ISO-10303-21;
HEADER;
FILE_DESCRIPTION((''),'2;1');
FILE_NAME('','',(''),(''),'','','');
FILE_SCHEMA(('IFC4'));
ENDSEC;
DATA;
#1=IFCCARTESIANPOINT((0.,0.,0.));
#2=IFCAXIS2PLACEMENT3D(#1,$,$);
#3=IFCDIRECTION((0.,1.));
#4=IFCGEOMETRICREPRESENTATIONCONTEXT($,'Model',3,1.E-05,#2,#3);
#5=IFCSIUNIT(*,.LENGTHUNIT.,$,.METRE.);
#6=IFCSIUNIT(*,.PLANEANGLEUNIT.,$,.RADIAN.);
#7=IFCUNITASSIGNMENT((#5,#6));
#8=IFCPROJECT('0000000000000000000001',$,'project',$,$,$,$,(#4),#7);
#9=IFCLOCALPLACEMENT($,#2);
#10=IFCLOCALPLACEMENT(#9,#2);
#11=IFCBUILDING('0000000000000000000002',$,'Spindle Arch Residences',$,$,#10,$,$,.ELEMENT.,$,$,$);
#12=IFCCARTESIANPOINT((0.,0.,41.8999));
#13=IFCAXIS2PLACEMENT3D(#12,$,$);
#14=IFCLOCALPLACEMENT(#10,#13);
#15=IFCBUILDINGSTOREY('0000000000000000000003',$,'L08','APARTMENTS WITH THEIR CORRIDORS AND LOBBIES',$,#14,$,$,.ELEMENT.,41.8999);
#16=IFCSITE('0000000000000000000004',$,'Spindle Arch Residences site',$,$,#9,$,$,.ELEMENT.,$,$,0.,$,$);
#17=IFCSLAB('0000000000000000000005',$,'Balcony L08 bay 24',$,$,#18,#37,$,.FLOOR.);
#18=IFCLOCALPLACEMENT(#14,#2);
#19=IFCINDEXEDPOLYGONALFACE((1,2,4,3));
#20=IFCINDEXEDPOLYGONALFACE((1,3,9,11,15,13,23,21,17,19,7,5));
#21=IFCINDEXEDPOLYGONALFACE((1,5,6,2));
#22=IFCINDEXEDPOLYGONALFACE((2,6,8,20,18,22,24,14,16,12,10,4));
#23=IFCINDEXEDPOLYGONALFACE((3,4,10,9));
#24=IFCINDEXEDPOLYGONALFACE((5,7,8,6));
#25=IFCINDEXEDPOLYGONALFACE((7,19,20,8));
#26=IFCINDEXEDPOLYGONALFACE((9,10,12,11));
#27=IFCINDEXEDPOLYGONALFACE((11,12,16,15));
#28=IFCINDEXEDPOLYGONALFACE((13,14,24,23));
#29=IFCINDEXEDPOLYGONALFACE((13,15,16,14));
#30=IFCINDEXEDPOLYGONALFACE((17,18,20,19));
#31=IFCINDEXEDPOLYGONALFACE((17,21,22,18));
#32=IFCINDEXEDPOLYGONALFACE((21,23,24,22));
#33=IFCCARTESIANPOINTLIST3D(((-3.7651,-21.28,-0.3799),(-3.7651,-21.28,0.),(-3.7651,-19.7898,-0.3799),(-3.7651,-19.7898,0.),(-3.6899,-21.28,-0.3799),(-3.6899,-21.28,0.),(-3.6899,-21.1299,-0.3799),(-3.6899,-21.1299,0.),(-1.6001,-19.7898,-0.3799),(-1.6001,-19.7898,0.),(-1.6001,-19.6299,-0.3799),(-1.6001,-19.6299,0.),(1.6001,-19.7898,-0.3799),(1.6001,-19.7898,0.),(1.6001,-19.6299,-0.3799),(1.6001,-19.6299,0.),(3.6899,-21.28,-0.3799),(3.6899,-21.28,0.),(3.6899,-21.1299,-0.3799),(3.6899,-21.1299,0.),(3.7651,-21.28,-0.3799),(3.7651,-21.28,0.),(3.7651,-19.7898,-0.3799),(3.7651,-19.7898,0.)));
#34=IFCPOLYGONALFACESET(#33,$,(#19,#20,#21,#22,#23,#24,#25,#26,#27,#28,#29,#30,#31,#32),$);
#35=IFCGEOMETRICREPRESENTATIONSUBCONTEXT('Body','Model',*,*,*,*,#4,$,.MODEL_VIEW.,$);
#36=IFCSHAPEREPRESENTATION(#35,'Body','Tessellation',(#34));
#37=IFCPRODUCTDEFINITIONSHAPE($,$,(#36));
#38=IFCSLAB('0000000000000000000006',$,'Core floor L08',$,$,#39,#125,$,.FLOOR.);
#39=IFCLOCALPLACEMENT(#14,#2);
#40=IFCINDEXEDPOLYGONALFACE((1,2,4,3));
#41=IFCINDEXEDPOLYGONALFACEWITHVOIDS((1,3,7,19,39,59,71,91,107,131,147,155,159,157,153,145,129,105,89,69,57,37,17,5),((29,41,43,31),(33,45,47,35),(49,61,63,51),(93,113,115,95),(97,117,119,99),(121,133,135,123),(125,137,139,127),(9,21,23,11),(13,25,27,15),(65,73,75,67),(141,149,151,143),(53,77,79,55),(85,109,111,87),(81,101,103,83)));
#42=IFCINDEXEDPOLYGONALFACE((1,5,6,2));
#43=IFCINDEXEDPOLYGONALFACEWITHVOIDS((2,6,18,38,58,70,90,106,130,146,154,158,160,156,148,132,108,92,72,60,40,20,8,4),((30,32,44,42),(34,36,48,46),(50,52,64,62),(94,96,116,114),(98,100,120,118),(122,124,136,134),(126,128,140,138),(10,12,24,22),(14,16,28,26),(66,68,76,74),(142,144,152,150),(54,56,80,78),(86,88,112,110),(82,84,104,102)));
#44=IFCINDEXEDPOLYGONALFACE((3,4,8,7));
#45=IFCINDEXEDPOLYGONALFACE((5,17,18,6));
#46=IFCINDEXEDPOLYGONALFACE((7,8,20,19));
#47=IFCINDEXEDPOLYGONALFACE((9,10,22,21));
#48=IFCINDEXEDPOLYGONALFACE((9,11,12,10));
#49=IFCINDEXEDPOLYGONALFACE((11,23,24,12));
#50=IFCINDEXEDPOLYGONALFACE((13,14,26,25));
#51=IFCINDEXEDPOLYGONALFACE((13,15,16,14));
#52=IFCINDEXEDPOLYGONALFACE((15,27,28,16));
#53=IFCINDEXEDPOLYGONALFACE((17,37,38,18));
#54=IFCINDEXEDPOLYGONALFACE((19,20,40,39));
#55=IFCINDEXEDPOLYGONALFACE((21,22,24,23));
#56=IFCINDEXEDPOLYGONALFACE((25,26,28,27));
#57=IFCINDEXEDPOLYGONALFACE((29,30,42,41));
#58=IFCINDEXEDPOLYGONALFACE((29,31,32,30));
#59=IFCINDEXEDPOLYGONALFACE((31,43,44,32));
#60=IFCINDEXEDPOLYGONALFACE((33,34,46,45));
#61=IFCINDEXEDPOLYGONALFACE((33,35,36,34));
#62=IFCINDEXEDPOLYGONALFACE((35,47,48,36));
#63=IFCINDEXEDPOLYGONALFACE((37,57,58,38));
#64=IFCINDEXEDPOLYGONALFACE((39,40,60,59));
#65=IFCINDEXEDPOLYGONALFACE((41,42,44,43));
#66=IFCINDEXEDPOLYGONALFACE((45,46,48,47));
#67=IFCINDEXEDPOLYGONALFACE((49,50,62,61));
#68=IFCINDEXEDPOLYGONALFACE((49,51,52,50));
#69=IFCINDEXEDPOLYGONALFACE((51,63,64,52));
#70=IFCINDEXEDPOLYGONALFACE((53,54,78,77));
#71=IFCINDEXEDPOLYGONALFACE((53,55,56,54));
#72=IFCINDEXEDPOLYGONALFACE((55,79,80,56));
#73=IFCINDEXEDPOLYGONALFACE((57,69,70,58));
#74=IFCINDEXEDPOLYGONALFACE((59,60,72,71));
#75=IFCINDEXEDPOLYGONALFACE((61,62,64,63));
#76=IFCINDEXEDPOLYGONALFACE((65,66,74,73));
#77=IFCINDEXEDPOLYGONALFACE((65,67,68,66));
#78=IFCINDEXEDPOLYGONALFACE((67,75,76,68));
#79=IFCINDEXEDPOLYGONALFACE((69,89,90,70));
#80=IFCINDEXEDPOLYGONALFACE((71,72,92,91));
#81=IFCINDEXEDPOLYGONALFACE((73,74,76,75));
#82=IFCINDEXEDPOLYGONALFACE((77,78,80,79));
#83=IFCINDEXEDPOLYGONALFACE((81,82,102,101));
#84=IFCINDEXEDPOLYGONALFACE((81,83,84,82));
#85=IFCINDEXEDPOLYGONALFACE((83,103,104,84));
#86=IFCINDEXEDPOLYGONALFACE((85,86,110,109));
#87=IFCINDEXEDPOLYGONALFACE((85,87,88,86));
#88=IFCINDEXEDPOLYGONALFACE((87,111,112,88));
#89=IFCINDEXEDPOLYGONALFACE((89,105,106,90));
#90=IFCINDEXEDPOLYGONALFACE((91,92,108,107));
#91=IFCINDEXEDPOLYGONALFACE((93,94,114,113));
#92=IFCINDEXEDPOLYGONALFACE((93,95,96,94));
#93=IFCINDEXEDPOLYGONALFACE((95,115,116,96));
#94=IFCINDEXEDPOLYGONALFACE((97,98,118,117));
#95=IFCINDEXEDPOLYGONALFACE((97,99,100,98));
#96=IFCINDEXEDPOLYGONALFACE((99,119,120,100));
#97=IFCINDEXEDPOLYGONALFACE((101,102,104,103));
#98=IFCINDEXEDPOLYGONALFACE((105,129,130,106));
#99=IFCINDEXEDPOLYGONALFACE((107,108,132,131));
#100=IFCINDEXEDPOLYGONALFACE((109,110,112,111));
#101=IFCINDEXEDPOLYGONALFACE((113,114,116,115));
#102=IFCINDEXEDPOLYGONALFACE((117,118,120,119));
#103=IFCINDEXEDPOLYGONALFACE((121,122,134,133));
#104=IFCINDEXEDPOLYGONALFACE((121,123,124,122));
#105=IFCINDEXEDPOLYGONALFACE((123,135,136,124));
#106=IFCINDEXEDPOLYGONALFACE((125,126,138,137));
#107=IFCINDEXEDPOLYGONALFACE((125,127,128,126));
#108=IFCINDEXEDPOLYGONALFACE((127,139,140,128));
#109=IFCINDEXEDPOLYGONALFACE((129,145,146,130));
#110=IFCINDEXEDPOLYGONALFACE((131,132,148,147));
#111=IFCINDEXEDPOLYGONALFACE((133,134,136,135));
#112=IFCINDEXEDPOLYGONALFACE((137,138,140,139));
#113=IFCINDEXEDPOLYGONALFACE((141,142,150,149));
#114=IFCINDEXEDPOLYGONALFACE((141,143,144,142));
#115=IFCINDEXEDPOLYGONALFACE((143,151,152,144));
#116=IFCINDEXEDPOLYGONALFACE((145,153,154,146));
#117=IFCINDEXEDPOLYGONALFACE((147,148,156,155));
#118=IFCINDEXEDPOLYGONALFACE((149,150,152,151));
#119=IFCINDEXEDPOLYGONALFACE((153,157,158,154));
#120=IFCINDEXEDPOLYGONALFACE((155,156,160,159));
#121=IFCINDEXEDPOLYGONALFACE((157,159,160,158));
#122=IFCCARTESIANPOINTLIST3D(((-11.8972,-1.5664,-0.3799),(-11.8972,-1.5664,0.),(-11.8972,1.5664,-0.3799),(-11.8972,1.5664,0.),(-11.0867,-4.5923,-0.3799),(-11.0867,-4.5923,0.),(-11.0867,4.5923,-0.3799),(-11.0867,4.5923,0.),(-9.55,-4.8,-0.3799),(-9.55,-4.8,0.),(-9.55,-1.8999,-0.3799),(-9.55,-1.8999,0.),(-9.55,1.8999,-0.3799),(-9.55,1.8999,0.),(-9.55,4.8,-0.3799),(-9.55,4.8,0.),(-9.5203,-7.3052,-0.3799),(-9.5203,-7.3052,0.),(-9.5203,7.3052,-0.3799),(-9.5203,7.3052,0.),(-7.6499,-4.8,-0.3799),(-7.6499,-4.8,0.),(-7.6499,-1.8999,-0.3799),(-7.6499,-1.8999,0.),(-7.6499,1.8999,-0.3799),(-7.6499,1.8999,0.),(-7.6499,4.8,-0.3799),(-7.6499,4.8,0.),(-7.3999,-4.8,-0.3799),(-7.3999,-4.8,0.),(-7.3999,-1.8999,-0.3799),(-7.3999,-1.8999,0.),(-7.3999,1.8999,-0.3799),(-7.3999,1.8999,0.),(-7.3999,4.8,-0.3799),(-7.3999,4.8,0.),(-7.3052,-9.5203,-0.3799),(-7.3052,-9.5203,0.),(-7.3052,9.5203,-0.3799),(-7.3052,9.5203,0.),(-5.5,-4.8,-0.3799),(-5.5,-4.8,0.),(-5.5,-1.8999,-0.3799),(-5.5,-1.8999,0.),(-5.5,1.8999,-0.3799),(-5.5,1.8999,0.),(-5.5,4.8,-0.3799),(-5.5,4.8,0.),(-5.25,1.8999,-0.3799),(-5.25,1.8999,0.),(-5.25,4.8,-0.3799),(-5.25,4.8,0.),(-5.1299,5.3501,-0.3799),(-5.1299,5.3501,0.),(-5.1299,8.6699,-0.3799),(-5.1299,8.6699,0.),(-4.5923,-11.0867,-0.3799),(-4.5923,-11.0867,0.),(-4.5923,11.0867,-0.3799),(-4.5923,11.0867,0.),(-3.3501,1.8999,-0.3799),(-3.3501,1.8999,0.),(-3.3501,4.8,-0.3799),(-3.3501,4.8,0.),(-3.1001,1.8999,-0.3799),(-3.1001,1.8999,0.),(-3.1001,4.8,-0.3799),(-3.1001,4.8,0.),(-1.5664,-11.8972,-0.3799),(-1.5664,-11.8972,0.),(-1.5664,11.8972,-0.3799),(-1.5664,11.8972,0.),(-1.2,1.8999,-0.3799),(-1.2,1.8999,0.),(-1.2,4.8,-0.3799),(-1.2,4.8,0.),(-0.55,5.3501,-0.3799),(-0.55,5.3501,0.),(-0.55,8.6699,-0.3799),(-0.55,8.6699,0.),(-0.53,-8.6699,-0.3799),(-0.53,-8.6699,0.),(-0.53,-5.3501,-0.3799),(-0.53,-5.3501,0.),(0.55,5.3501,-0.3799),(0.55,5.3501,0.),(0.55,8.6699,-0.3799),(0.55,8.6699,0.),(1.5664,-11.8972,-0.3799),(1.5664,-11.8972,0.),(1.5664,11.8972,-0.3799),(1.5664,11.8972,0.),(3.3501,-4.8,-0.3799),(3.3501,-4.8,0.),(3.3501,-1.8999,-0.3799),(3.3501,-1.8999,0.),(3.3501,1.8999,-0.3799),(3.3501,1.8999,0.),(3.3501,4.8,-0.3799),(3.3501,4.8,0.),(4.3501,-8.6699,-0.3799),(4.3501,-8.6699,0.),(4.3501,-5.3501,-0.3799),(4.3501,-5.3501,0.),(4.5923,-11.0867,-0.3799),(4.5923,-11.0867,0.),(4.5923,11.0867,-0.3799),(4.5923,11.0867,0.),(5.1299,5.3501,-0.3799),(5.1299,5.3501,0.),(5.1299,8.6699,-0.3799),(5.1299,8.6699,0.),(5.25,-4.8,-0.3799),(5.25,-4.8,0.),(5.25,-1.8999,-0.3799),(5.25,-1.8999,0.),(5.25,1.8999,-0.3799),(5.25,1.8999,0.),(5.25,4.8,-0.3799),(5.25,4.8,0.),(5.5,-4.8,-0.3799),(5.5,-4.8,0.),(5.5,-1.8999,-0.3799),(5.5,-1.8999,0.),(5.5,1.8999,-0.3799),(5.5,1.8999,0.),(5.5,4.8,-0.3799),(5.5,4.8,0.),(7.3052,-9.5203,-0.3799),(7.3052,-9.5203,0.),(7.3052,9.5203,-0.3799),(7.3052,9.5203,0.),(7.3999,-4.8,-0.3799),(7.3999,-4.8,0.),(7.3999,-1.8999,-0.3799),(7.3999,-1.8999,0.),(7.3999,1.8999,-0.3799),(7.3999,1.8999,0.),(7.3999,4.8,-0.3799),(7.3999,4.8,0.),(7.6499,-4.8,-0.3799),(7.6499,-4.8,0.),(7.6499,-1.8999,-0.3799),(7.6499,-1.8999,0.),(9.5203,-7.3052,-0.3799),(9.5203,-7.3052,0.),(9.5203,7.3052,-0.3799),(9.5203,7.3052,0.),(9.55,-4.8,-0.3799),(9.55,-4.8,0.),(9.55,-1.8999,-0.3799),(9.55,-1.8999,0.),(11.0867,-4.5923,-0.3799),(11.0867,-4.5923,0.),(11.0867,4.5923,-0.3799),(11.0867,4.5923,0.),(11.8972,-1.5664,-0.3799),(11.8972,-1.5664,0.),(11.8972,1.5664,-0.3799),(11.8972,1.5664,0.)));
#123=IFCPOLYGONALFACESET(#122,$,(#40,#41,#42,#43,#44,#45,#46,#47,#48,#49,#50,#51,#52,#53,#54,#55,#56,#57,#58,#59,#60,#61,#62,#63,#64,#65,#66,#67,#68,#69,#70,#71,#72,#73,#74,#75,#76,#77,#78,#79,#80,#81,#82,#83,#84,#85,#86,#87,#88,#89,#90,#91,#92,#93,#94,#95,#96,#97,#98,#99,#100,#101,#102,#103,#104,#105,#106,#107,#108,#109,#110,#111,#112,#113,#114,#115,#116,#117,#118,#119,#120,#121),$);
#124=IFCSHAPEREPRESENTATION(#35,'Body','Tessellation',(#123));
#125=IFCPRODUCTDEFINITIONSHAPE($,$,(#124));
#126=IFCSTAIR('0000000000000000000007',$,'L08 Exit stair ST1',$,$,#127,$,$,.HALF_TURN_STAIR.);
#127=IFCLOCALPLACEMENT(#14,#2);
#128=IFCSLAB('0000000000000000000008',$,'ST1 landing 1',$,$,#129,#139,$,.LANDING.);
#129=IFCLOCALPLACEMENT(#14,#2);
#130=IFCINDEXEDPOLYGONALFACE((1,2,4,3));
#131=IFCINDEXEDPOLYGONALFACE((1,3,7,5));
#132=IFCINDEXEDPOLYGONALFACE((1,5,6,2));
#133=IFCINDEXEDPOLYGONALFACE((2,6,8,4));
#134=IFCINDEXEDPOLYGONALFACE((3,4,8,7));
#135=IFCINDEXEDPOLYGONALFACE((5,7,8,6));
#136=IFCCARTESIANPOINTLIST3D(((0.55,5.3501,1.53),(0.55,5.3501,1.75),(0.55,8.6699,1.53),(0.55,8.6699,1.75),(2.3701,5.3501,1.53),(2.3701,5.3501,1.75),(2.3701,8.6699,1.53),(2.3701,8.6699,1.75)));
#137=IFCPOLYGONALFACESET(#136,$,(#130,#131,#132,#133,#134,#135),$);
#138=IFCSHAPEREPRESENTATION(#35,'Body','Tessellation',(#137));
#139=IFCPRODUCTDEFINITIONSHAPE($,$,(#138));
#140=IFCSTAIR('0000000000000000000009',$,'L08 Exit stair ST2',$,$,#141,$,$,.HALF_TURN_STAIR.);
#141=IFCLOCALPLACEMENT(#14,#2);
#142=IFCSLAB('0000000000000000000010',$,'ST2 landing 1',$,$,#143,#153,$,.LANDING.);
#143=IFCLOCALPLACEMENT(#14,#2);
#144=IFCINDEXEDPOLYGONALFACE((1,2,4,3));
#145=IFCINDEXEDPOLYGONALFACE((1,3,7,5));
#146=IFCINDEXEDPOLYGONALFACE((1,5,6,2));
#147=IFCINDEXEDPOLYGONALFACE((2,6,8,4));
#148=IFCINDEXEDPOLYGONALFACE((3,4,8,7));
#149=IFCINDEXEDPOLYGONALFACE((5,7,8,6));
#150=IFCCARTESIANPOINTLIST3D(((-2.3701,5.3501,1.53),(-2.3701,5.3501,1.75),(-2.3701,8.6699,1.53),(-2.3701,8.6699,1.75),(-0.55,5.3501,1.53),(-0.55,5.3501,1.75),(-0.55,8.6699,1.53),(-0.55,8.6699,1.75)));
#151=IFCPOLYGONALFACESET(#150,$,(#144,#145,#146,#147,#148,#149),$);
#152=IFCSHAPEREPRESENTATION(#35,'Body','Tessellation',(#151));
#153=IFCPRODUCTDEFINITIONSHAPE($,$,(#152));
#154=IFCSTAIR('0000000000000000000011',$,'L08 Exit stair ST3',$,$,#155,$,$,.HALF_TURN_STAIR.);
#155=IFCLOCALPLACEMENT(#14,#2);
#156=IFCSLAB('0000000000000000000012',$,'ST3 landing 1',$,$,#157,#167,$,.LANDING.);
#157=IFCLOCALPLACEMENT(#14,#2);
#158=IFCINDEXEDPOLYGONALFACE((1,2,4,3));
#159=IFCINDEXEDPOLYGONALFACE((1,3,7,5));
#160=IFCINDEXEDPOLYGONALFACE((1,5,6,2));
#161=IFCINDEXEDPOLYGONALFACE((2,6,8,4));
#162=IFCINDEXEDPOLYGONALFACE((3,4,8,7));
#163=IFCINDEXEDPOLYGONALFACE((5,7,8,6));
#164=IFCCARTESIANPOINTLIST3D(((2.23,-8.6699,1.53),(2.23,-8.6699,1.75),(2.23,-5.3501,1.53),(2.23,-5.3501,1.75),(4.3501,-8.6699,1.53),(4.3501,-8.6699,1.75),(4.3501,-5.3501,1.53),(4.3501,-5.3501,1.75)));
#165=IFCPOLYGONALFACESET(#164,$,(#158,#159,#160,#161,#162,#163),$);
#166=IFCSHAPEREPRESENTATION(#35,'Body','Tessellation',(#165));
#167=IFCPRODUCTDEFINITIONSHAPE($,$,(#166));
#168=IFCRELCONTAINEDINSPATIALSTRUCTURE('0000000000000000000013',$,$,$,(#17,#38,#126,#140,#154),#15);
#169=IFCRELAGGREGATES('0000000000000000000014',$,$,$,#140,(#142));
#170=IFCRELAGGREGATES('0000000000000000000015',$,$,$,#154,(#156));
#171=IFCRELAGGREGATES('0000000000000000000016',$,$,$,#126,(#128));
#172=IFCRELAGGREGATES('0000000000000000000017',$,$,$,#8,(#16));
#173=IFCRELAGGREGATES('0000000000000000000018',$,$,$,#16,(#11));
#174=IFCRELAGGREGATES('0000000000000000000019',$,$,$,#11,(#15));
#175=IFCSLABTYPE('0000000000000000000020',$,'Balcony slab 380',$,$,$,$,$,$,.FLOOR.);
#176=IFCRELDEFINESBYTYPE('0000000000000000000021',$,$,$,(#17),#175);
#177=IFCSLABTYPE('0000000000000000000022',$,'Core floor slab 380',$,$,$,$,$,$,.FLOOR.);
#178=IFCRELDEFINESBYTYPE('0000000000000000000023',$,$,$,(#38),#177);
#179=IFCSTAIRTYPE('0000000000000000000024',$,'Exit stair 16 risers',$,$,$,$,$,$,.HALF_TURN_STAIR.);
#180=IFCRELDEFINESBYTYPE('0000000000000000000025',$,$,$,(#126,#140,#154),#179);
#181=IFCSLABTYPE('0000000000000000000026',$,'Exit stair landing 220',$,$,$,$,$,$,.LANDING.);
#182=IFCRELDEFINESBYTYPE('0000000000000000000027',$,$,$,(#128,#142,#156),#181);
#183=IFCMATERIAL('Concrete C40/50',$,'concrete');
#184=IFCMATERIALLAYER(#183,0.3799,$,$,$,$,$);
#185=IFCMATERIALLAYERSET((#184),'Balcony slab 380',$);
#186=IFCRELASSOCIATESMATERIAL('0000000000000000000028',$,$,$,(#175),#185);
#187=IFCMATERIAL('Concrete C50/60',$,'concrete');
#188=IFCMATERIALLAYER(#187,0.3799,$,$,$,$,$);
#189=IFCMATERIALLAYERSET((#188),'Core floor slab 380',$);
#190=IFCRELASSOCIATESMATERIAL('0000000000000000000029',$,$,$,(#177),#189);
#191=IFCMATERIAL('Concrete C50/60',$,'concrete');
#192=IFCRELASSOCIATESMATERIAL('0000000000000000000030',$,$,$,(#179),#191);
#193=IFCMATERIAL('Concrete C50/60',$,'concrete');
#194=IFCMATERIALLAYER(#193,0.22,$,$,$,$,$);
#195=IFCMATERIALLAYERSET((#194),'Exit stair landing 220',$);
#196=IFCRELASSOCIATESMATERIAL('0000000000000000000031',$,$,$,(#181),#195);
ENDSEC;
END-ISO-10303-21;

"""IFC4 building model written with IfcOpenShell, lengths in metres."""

from ifc_helpers import new_model, si_unit, direction, frame, origin, place, context, subcontext, project, spatial, polyline, outline, extrude, material, layer, layer_set, type_object, element, aggregate, save


model = new_model("IFC4")

# Units and contexts
model_context = context("Model", 3, precision=1e-05, world=origin(), true_north=direction((0.0, 1.0)))
body_context = subcontext(model_context, "Body", "Model", "MODEL_VIEW")
ifc_project = project(units=[si_unit("LENGTHUNIT", "METRE"), si_unit("PLANEANGLEUNIT", "RADIAN")], contexts=[model_context])

# Site, building, storey
site_placement = place(None, origin())
site = spatial("IfcSite", under=ifc_project, at=site_placement, Name="Spindle Arch Residences site", CompositionType="ELEMENT", RefElevation=0.0)
building_placement = place(site_placement, origin())
building = spatial("IfcBuilding", under=site, at=building_placement, Name="Spindle Arch Residences", CompositionType="ELEMENT")
storey_placement = place(building_placement, frame((0.0, 0.0, 41.8999)))
storey = spatial("IfcBuildingStorey", under=building, at=storey_placement, Name="L08", Description="APARTMENTS WITH THEIR CORRIDORS AND LOBBIES", CompositionType="ELEMENT", Elevation=41.8999)

# Slabs
ifc_material_1 = material(Name="Concrete C40/50", Category="concrete")
ifc_layer_1 = layer(ifc_material_1, 0.3799)
ifc_layer_set_1 = layer_set([ifc_layer_1], Name="Balcony slab 380")
slab_type_1 = type_object("IfcSlabType", Name="Balcony slab 380", PredefinedType="FLOOR", material=ifc_layer_set_1)
slab_1_placement = place(storey_placement, frame((0.0, 0.0, -0.3799)))
element("IfcSlab", 1, at=slab_1_placement, inside=storey, type_object=slab_type_1, Name="Balcony L08 bay 24", PredefinedType="FLOOR", context=body_context, shape_type="SweptSolid", body=[
    extrude(outline(polyline([(-3.7651, -21.28), (-3.6899, -21.28), (-3.6899, -21.1299), (3.6899, -21.1299), (3.6899, -21.28), (3.7651, -21.28), (3.7651, -19.7898), (1.6001, -19.7898), (1.6001, -19.6299), (-1.6001, -19.6299), (-1.6001, -19.7898), (-3.7651, -19.7898), (-3.7651, -21.28)])), origin(), (0.0, 0.0, 1.0), 0.3799),
])
ifc_material_2 = material(Name="Concrete C50/60", Category="concrete")
ifc_layer_2 = layer(ifc_material_2, 0.3799)
ifc_layer_set_2 = layer_set([ifc_layer_2], Name="Core floor slab 380")
slab_type_2 = type_object("IfcSlabType", Name="Core floor slab 380", PredefinedType="FLOOR", material=ifc_layer_set_2)
slab_2_placement = place(storey_placement, frame((0.0, 0.0, -0.3799)))
element("IfcSlab", 2, at=slab_2_placement, inside=storey, type_object=slab_type_2, Name="Core floor L08", PredefinedType="FLOOR", context=body_context, shape_type="SweptSolid", body=[
    extrude(outline(polyline([(1.5664, -11.8972), (4.5923, -11.0867), (7.3052, -9.5203), (9.5203, -7.3052), (11.0867, -4.5923), (11.8972, -1.5664), (11.8972, 1.5664), (11.0867, 4.5923), (9.5203, 7.3052), (7.3052, 9.5203), (4.5923, 11.0867), (1.5664, 11.8972), (-1.5664, 11.8972), (-4.5923, 11.0867), (-7.3052, 9.5203), (-9.5203, 7.3052), (-11.0867, 4.5923), (-11.8972, 1.5664), (-11.8972, -1.5664), (-11.0867, -4.5923), (-9.5203, -7.3052), (-7.3052, -9.5203), (-4.5923, -11.0867), (-1.5664, -11.8972), (1.5664, -11.8972)]), holes=[polyline([(-9.55, 1.8999), (-7.6499, 1.8999), (-7.6499, 4.8), (-9.55, 4.8), (-9.55, 1.8999)]), polyline([(-7.3999, 1.8999), (-5.5, 1.8999), (-5.5, 4.8), (-7.3999, 4.8), (-7.3999, 1.8999)]), polyline([(-5.25, 1.8999), (-3.3501, 1.8999), (-3.3501, 4.8), (-5.25, 4.8), (-5.25, 1.8999)]), polyline([(-3.1001, 1.8999), (-1.2, 1.8999), (-1.2, 4.8), (-3.1001, 4.8), (-3.1001, 1.8999)]), polyline([(3.3501, 1.8999), (5.25, 1.8999), (5.25, 4.8), (3.3501, 4.8), (3.3501, 1.8999)]), polyline([(5.5, 1.8999), (7.3999, 1.8999), (7.3999, 4.8), (5.5, 4.8), (5.5, 1.8999)]), polyline([(-9.55, -4.8), (-7.6499, -4.8), (-7.6499, -1.8999), (-9.55, -1.8999), (-9.55, -4.8)]), polyline([(-7.3999, -4.8), (-5.5, -4.8), (-5.5, -1.8999), (-7.3999, -1.8999), (-7.3999, -4.8)]), polyline([(3.3501, -4.8), (5.25, -4.8), (5.25, -1.8999), (3.3501, -1.8999), (3.3501, -4.8)]), polyline([(5.5, -4.8), (7.3999, -4.8), (7.3999, -1.8999), (5.5, -1.8999), (5.5, -4.8)]), polyline([(7.6499, -4.8), (9.55, -4.8), (9.55, -1.8999), (7.6499, -1.8999), (7.6499, -4.8)]), polyline([(5.1299, 8.6699), (0.55, 8.6699), (0.55, 5.3501), (5.1299, 5.3501), (5.1299, 8.6699)]), polyline([(-5.1299, 5.3501), (-0.55, 5.3501), (-0.55, 8.6699), (-5.1299, 8.6699), (-5.1299, 5.3501)]), polyline([(-0.53, -8.6699), (4.3501, -8.6699), (4.3501, -5.3501), (-0.53, -5.3501), (-0.53, -8.6699)])]), origin(), (0.0, 0.0, 1.0), 0.3799),
])

# Stairs, slabs
ifc_material_3 = material(Name="Concrete C50/60", Category="concrete")
stair_type = type_object("IfcStairType", Name="Exit stair 16 risers", PredefinedType="HALF_TURN_STAIR", material=ifc_material_3)
stair_1_placement = place(storey_placement, origin())
stair_1 = element("IfcStair", 3, at=stair_1_placement, inside=storey, type_object=stair_type, Name="L08 Exit stair ST1", PredefinedType="HALF_TURN_STAIR")
ifc_material_4 = material(Name="Concrete C50/60", Category="concrete")
ifc_layer_3 = layer(ifc_material_4, 0.22)
ifc_layer_set_3 = layer_set([ifc_layer_3], Name="Exit stair landing 220")
slab_type_3 = type_object("IfcSlabType", Name="Exit stair landing 220", PredefinedType="LANDING", material=ifc_layer_set_3)
slab_3_placement = place(storey_placement, frame((0.0, 0.0, 1.53)))
slab_3 = element("IfcSlab", 4, at=slab_3_placement, type_object=slab_type_3, Name="ST1 landing 1", PredefinedType="LANDING", context=body_context, shape_type="SweptSolid", body=[
    extrude(outline(polyline([(2.3701, 8.6699), (0.55, 8.6699), (0.55, 5.3501), (2.3701, 5.3501), (2.3701, 8.6699)])), origin(), (0.0, 0.0, 1.0), 0.22),
])
stair_2_placement = place(storey_placement, origin())
stair_2 = element("IfcStair", 5, at=stair_2_placement, inside=storey, type_object=stair_type, Name="L08 Exit stair ST2", PredefinedType="HALF_TURN_STAIR")
slab_4_placement = place(storey_placement, frame((0.0, 0.0, 1.53)))
slab_4 = element("IfcSlab", 6, at=slab_4_placement, type_object=slab_type_3, Name="ST2 landing 1", PredefinedType="LANDING", context=body_context, shape_type="SweptSolid", body=[
    extrude(outline(polyline([(-2.3701, 5.3501), (-0.55, 5.3501), (-0.55, 8.6699), (-2.3701, 8.6699), (-2.3701, 5.3501)])), origin(), (0.0, 0.0, 1.0), 0.22),
])
aggregate(stair_2, [slab_4])
stair_3_placement = place(storey_placement, origin())
stair_3 = element("IfcStair", 7, at=stair_3_placement, inside=storey, type_object=stair_type, Name="L08 Exit stair ST3", PredefinedType="HALF_TURN_STAIR")
slab_5_placement = place(storey_placement, frame((0.0, 0.0, 1.53)))
slab_5 = element("IfcSlab", 8, at=slab_5_placement, type_object=slab_type_3, Name="ST3 landing 1", PredefinedType="LANDING", context=body_context, shape_type="SweptSolid", body=[
    extrude(outline(polyline([(2.23, -8.6699), (4.3501, -8.6699), (4.3501, -5.3501), (2.23, -5.3501), (2.23, -8.6699)])), origin(), (0.0, 0.0, 1.0), 0.22),
])
aggregate(stair_3, [slab_5])

aggregate(stair_1, [slab_3])

save(model, "model.ifc")
